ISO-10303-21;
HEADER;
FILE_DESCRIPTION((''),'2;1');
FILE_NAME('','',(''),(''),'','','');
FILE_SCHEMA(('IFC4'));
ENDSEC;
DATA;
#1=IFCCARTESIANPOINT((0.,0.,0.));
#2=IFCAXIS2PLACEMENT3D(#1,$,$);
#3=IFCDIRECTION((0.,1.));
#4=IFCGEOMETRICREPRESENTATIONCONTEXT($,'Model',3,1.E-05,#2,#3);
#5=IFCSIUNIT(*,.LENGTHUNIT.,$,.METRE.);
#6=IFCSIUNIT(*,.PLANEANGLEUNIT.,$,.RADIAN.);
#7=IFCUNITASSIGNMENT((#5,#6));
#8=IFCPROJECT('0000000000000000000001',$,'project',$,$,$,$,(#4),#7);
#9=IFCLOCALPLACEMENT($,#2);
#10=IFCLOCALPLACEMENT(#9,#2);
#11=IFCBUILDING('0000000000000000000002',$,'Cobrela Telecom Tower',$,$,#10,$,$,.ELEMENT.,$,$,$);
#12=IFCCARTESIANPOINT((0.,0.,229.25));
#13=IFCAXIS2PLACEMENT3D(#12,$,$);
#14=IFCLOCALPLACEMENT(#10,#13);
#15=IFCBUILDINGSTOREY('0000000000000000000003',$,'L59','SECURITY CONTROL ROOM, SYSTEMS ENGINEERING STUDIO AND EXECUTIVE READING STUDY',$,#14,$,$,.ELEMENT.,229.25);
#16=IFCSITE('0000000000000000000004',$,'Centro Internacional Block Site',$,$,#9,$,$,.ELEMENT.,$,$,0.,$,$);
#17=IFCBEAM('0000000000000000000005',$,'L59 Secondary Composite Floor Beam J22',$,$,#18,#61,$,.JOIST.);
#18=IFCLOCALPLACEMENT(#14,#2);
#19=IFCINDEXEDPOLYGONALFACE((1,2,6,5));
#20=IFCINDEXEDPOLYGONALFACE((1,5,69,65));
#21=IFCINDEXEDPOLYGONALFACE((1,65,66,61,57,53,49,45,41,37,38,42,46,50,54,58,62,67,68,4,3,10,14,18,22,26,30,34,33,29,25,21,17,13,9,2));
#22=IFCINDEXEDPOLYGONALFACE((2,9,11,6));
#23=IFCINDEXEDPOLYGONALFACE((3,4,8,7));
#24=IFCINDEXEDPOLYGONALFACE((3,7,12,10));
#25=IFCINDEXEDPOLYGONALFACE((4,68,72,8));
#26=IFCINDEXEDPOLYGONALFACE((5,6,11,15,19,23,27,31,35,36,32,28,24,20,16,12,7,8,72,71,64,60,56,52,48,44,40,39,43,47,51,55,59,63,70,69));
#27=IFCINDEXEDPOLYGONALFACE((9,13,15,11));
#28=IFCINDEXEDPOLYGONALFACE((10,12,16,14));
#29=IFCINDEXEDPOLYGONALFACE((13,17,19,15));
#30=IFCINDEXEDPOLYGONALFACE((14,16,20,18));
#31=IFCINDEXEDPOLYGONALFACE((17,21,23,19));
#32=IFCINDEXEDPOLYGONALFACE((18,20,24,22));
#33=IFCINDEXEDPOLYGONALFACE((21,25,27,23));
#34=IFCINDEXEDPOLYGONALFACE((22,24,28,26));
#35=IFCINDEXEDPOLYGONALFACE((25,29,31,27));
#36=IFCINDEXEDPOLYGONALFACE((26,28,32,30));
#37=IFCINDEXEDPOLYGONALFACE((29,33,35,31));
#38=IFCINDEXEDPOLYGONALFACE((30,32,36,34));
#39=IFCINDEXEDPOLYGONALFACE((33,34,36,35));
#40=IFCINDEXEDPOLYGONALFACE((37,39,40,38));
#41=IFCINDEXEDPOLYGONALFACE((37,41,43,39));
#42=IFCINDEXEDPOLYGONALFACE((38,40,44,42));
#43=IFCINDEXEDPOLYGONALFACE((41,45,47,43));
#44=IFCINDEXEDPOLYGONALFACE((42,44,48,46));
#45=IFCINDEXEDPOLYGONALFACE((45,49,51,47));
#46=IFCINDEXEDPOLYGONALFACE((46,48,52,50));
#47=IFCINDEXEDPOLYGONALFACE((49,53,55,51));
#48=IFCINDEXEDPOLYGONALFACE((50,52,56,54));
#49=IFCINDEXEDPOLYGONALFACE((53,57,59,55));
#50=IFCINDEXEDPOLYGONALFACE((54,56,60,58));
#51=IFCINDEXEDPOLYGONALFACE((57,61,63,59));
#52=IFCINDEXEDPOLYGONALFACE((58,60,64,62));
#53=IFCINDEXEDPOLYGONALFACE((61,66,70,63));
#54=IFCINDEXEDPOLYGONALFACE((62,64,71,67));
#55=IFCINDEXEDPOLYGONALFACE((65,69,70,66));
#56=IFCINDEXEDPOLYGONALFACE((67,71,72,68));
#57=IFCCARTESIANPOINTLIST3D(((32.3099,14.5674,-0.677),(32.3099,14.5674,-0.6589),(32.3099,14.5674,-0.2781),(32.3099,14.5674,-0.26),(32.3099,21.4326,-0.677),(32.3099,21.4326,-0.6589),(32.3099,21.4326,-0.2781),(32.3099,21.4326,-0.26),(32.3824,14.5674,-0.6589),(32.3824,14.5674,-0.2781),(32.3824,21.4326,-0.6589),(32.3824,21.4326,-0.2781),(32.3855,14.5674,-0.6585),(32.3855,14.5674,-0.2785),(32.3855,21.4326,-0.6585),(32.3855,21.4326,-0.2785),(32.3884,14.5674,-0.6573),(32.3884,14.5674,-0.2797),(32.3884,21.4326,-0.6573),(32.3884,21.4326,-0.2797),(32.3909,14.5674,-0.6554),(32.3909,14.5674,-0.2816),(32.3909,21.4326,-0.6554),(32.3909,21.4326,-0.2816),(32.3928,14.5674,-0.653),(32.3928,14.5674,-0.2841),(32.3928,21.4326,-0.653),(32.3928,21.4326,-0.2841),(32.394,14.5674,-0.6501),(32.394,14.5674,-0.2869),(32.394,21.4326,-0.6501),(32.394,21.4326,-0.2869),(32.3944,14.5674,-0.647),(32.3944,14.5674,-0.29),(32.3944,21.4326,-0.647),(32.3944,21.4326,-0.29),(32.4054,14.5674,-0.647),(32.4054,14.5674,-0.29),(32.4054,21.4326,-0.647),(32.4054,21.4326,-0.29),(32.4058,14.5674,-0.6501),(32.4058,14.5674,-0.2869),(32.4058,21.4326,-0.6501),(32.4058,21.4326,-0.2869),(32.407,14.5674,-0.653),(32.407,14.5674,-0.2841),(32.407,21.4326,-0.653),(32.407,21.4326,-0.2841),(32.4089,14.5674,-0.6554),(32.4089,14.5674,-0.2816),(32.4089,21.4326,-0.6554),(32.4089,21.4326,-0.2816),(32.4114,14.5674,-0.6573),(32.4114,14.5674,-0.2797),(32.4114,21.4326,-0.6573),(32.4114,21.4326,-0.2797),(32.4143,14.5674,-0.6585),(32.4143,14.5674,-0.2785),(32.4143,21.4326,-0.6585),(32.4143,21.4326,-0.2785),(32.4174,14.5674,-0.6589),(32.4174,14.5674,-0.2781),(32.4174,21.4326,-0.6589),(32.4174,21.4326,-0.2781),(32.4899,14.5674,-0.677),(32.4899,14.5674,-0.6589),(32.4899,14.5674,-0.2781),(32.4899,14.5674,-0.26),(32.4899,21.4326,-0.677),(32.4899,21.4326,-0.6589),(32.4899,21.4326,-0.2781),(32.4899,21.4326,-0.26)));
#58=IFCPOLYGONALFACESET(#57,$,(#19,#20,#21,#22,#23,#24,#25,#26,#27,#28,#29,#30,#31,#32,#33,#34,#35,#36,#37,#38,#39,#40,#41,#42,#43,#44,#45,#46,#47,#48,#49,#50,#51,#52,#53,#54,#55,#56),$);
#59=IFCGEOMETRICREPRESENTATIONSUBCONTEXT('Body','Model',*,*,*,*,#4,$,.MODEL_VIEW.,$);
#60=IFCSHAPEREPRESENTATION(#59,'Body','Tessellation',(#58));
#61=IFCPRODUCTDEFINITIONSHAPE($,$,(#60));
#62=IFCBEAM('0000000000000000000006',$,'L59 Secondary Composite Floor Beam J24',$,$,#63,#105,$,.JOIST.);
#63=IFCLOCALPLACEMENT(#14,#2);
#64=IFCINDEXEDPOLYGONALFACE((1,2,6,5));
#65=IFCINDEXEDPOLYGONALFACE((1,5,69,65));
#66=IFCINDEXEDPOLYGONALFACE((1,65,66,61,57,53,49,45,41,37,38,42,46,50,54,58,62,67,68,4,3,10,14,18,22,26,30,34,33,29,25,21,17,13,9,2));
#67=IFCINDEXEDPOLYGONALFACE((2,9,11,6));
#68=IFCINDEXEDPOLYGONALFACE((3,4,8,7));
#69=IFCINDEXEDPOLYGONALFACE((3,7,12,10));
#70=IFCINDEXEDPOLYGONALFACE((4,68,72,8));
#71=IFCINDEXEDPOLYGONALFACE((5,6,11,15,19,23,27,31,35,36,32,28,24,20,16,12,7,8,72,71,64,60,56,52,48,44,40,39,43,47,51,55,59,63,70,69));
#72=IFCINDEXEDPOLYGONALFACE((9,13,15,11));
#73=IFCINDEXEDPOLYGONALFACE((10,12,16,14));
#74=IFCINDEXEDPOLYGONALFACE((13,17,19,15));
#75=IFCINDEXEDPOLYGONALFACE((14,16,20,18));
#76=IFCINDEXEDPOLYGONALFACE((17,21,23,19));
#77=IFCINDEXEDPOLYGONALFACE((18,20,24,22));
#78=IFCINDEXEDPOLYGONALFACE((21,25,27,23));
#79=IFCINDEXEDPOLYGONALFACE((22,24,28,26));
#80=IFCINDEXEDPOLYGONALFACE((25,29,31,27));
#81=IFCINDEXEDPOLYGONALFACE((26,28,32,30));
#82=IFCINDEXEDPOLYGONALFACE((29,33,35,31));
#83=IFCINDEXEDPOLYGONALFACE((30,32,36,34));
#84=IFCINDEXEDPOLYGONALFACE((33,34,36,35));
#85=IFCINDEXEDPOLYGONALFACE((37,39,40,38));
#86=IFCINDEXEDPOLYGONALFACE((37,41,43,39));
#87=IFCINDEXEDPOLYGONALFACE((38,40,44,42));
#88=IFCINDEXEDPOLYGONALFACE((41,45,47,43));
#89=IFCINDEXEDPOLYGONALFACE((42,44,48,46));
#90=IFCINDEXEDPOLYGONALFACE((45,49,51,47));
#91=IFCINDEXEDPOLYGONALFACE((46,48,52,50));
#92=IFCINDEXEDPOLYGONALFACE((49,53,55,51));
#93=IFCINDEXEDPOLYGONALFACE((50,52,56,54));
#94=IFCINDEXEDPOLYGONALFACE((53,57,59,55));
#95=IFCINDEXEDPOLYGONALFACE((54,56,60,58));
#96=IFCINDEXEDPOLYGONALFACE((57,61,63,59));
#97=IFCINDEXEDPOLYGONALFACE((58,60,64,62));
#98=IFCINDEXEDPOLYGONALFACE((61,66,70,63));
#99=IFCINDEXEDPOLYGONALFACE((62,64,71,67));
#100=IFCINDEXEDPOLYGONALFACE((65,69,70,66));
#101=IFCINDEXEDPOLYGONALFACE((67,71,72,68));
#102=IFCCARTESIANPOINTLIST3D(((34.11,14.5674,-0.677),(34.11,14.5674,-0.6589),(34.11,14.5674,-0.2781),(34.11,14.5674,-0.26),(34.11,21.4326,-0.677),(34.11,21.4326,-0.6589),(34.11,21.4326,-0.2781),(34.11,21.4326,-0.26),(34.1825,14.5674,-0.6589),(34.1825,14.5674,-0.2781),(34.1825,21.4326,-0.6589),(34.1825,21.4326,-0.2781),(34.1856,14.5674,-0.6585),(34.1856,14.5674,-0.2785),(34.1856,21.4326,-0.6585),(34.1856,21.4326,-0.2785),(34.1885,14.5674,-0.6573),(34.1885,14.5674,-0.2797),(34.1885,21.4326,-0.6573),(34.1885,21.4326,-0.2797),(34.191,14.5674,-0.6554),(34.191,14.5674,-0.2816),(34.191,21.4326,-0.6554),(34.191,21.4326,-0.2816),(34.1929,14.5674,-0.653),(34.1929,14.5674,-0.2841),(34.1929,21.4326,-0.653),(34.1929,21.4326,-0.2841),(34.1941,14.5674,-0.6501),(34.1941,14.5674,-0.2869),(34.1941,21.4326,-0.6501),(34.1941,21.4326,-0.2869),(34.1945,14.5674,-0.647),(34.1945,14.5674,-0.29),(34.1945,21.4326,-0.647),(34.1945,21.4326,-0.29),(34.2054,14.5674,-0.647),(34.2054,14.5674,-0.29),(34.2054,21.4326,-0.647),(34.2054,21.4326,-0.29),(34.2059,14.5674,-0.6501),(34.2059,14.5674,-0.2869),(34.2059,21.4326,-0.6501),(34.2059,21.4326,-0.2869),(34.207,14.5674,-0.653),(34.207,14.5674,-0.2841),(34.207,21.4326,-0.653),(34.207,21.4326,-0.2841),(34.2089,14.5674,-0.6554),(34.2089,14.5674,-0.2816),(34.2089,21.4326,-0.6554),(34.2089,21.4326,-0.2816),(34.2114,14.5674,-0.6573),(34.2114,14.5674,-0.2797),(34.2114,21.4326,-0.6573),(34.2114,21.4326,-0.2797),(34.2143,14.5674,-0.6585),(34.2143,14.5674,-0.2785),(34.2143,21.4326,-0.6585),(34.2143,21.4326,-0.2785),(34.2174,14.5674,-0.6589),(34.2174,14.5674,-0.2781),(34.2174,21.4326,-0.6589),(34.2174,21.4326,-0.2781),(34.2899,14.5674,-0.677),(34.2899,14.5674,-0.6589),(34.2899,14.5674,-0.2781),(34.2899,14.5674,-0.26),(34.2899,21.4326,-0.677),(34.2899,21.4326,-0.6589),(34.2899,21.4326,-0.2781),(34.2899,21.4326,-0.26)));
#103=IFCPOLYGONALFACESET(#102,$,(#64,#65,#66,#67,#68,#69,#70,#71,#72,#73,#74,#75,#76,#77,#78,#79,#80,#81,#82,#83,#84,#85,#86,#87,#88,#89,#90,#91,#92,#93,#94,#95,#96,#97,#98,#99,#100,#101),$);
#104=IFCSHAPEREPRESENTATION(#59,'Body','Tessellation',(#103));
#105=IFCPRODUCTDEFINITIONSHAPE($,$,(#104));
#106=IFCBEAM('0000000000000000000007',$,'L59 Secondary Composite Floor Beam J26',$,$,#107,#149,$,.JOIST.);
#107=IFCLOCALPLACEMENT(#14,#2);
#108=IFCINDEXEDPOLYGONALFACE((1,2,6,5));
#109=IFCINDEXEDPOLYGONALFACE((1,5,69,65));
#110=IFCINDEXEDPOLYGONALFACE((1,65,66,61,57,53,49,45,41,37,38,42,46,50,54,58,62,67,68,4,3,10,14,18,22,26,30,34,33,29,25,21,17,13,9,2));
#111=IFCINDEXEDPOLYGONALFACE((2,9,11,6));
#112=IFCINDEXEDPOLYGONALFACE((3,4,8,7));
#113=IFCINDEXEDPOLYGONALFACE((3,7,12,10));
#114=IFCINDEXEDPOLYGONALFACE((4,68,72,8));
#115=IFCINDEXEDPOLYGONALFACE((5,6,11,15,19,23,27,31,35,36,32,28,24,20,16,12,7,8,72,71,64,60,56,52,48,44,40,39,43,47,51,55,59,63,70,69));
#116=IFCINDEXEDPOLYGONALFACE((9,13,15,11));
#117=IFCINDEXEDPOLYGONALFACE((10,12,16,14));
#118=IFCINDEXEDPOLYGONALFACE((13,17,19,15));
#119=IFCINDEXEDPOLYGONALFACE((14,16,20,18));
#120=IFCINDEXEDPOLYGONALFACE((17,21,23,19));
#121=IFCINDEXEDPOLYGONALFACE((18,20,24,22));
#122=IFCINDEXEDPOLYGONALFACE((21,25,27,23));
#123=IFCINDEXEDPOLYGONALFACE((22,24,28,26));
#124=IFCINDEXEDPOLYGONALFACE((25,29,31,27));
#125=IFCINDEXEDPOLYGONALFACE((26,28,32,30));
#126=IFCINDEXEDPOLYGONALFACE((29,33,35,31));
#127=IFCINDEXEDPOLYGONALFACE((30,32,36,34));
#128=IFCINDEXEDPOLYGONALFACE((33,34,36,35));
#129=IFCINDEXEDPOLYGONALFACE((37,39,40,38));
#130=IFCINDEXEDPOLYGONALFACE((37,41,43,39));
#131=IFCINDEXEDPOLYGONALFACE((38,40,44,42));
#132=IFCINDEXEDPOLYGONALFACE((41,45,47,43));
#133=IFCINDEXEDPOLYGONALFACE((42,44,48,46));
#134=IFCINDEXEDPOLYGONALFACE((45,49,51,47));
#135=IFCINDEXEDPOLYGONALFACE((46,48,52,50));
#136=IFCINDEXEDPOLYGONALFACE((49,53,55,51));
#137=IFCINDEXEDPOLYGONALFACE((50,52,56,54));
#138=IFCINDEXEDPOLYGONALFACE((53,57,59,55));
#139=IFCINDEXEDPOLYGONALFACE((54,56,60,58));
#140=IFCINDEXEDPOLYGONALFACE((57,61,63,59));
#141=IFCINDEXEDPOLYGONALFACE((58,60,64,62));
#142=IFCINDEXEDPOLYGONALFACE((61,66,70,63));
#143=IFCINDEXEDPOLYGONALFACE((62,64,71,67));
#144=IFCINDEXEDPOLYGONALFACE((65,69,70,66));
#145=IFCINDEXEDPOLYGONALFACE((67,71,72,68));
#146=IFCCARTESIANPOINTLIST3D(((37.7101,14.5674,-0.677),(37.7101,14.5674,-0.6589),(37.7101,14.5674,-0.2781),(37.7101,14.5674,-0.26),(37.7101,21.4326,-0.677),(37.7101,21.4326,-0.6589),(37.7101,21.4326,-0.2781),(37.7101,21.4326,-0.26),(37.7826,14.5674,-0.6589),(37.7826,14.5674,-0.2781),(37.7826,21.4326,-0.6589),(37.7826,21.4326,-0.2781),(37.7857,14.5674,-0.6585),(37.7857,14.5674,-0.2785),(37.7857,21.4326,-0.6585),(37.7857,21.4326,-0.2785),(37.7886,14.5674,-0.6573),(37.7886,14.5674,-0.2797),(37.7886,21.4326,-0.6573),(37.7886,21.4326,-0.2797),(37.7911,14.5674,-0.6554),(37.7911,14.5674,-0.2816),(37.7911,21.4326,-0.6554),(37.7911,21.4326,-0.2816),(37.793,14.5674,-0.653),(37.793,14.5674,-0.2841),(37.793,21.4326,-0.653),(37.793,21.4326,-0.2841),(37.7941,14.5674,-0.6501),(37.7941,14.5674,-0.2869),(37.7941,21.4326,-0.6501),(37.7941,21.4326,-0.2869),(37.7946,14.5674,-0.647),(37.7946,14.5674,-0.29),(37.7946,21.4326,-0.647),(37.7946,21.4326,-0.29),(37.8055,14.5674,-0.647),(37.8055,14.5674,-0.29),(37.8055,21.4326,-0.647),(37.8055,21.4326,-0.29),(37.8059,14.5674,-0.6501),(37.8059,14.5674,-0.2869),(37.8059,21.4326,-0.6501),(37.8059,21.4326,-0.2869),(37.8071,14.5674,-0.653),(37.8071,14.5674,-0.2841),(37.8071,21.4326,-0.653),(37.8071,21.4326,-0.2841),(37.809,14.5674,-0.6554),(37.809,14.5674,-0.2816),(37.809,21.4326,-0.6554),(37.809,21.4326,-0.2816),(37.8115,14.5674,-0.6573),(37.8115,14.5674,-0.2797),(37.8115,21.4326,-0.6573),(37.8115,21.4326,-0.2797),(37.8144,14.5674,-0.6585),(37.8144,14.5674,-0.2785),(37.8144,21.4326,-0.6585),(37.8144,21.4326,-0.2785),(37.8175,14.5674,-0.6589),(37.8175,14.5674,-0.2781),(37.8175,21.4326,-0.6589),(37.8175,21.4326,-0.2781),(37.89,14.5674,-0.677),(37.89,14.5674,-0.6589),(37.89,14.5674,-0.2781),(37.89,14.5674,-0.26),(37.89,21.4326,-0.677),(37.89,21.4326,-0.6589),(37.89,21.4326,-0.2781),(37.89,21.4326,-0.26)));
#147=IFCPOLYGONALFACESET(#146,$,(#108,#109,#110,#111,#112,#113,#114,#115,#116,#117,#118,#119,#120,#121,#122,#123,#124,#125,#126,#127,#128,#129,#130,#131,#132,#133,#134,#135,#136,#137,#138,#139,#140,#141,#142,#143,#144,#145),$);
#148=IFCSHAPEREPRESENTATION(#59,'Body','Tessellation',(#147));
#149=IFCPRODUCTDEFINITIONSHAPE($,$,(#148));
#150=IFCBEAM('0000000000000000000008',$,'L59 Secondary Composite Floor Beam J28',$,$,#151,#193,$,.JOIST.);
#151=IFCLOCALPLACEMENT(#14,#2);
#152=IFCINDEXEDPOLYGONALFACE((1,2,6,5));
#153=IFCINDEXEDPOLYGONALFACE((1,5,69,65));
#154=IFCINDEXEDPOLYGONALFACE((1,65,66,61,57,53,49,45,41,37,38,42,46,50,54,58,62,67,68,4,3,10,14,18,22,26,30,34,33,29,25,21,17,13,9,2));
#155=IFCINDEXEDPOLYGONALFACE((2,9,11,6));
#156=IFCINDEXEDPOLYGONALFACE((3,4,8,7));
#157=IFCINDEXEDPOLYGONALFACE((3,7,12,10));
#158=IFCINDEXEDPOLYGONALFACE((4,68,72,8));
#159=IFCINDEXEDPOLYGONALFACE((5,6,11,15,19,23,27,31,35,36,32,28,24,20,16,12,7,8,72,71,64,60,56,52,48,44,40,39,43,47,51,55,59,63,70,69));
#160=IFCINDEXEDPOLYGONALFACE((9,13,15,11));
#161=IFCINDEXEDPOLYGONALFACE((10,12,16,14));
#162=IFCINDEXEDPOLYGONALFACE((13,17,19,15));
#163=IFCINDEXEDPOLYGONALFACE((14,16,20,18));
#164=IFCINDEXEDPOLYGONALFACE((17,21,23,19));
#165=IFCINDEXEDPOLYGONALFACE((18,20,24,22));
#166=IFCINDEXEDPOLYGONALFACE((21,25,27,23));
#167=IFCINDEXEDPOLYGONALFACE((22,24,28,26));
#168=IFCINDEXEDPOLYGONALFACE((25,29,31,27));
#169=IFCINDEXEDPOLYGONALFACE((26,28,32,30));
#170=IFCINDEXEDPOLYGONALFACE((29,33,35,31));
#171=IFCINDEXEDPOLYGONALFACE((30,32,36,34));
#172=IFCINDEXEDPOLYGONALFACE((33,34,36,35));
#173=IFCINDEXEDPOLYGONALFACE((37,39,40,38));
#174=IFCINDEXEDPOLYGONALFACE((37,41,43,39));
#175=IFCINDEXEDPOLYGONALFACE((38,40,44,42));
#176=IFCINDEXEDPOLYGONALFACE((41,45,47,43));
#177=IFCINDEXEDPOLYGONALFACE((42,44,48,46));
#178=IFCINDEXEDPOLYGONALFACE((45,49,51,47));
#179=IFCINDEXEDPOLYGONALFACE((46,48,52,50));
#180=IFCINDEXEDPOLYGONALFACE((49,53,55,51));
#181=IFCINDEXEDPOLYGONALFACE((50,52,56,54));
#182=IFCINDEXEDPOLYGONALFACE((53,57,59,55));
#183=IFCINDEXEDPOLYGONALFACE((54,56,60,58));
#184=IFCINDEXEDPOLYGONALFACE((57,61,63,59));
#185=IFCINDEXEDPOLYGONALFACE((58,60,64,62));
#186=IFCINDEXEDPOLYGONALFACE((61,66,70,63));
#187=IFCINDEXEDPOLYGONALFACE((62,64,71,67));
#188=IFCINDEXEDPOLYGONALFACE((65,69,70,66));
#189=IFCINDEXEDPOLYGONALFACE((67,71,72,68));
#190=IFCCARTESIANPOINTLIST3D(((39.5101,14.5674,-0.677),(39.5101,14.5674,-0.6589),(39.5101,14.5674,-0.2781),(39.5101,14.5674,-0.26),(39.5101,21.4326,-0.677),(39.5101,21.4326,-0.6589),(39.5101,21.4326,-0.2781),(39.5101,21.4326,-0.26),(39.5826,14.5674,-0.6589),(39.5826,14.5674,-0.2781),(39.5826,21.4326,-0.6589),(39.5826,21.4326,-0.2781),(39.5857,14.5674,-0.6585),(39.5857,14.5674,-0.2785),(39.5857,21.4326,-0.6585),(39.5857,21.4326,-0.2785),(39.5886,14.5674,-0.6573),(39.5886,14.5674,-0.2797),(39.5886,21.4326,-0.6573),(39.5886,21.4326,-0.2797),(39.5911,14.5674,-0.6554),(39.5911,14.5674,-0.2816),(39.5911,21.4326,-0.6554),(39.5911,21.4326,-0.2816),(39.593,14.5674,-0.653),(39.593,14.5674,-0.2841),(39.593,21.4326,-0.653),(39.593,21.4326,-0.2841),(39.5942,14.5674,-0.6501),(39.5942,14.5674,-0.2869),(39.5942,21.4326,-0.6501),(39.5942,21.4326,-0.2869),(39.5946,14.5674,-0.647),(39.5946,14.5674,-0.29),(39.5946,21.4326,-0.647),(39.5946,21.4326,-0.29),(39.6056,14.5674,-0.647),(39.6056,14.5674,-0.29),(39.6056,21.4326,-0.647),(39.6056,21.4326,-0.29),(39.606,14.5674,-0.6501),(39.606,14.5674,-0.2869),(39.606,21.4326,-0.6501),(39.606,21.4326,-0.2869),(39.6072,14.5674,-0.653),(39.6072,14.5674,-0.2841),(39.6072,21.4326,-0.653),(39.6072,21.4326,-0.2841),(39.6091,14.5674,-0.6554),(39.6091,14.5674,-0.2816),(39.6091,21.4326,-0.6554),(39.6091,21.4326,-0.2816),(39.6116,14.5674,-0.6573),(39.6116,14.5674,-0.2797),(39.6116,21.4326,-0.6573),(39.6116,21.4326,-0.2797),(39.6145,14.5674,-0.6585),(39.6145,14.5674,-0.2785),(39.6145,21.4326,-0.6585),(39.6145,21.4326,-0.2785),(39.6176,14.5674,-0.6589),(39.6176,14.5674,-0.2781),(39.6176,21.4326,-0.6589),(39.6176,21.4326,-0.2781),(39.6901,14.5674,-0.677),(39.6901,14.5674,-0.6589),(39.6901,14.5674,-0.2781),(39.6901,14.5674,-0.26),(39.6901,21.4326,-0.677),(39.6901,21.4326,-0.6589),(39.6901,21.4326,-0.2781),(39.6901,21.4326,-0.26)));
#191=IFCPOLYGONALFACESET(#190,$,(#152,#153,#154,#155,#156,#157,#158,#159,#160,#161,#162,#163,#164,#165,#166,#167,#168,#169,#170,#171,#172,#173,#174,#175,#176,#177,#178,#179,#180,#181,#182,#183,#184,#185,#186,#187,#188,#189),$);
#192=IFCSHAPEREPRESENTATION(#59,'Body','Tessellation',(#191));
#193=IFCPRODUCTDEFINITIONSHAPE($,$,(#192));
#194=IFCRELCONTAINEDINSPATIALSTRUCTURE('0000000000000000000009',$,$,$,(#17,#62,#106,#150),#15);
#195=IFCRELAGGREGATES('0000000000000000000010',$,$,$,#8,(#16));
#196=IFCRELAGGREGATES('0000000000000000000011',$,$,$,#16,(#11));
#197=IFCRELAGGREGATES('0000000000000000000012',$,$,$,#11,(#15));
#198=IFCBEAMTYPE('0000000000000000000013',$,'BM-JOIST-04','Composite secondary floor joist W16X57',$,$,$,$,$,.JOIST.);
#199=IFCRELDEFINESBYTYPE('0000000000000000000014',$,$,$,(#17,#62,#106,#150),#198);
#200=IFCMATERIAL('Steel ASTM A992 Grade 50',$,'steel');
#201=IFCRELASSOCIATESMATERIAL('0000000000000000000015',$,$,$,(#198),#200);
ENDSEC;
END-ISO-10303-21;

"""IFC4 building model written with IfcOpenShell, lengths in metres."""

from ifc_helpers import new_model, si_unit, direction, frame, origin, origin_2d, place, context, subcontext, project, spatial, i_section, extrude, material, material_profile, profile_set, type_object, element, save


model = new_model("IFC4")

# Units and contexts
model_context = context("Model", 3, precision=1e-05, world=origin(), true_north=direction((0.0, 1.0)))
body_context = subcontext(model_context, "Body", "Model", "MODEL_VIEW")
ifc_project = project(units=[si_unit("LENGTHUNIT", "METRE"), si_unit("PLANEANGLEUNIT", "RADIAN")], contexts=[model_context])

# Site, building, storey
site_placement = place(None, origin())
site = spatial("IfcSite", under=ifc_project, at=site_placement, Name="Centro Internacional Block Site", CompositionType="ELEMENT", RefElevation=0.0)
building_placement = place(site_placement, origin())
building = spatial("IfcBuilding", under=site, at=building_placement, Name="Cobrela Telecom Tower", CompositionType="ELEMENT")
storey_placement = place(building_placement, frame((0.0, 0.0, 229.25)))
storey = spatial("IfcBuildingStorey", under=building, at=storey_placement, Name="L59", Description="SECURITY CONTROL ROOM, SYSTEMS ENGINEERING STUDIO AND EXECUTIVE READING STUDY", CompositionType="ELEMENT", Elevation=229.25)

# Shared definitions
ifc_material_1 = material(Name="Steel ASTM A992 Grade 50", Category="steel")

# Beams
ifc_material_profile_1 = material_profile(ifc_material_1, i_section(OverallWidth=0.1799, OverallDepth=0.417, WebThickness=0.011, FlangeThickness=0.0181, FilletRadius=0.012, at=origin_2d()), Name="W16X57")
ifc_profile_set_1 = profile_set([ifc_material_profile_1], Name="Steel ASTM A992 Grade 50")
beam_type_1 = type_object("IfcBeamType", Name="BM-JOIST-04", Description="Composite secondary floor joist W16X57", PredefinedType="JOIST", material=ifc_profile_set_1)
for number, where, z_axis, x_axis, name in (
    (1, (32.3999, 14.5674, -0.4685), (0.0, 1.0, 0.0), (-1.0, 0.0, 0.0), "L59 Secondary Composite Floor Beam J22"),
    (2, (34.2, 14.5674, -0.4685), (0.0, 1.0, 0.0), (-1.0, 0.0, 0.0), "L59 Secondary Composite Floor Beam J24"),
    (3, (37.8, 14.5674, -0.4685), (0.0, 1.0, 0.0), (-1.0, 0.0, 0.0), "L59 Secondary Composite Floor Beam J26"),
    (4, (39.6001, 14.5674, -0.4685), (0.0, 1.0, 0.0), (-1.0, 0.0, 0.0), "L59 Secondary Composite Floor Beam J28"),
):
    element("IfcBeam", number, at=place(storey_placement, frame(where, z_axis=z_axis, x_axis=x_axis)), inside=storey, type_object=beam_type_1, Name=name, PredefinedType="JOIST", context=body_context, shape_type="SweptSolid", body=[
        extrude(i_section(OverallWidth=0.1799, OverallDepth=0.417, WebThickness=0.011, FlangeThickness=0.0181, FilletRadius=0.012, at=origin_2d()), origin(), (0.0, 0.0, 1.0), 6.8652),
    ])

save(model, "model.ifc")
